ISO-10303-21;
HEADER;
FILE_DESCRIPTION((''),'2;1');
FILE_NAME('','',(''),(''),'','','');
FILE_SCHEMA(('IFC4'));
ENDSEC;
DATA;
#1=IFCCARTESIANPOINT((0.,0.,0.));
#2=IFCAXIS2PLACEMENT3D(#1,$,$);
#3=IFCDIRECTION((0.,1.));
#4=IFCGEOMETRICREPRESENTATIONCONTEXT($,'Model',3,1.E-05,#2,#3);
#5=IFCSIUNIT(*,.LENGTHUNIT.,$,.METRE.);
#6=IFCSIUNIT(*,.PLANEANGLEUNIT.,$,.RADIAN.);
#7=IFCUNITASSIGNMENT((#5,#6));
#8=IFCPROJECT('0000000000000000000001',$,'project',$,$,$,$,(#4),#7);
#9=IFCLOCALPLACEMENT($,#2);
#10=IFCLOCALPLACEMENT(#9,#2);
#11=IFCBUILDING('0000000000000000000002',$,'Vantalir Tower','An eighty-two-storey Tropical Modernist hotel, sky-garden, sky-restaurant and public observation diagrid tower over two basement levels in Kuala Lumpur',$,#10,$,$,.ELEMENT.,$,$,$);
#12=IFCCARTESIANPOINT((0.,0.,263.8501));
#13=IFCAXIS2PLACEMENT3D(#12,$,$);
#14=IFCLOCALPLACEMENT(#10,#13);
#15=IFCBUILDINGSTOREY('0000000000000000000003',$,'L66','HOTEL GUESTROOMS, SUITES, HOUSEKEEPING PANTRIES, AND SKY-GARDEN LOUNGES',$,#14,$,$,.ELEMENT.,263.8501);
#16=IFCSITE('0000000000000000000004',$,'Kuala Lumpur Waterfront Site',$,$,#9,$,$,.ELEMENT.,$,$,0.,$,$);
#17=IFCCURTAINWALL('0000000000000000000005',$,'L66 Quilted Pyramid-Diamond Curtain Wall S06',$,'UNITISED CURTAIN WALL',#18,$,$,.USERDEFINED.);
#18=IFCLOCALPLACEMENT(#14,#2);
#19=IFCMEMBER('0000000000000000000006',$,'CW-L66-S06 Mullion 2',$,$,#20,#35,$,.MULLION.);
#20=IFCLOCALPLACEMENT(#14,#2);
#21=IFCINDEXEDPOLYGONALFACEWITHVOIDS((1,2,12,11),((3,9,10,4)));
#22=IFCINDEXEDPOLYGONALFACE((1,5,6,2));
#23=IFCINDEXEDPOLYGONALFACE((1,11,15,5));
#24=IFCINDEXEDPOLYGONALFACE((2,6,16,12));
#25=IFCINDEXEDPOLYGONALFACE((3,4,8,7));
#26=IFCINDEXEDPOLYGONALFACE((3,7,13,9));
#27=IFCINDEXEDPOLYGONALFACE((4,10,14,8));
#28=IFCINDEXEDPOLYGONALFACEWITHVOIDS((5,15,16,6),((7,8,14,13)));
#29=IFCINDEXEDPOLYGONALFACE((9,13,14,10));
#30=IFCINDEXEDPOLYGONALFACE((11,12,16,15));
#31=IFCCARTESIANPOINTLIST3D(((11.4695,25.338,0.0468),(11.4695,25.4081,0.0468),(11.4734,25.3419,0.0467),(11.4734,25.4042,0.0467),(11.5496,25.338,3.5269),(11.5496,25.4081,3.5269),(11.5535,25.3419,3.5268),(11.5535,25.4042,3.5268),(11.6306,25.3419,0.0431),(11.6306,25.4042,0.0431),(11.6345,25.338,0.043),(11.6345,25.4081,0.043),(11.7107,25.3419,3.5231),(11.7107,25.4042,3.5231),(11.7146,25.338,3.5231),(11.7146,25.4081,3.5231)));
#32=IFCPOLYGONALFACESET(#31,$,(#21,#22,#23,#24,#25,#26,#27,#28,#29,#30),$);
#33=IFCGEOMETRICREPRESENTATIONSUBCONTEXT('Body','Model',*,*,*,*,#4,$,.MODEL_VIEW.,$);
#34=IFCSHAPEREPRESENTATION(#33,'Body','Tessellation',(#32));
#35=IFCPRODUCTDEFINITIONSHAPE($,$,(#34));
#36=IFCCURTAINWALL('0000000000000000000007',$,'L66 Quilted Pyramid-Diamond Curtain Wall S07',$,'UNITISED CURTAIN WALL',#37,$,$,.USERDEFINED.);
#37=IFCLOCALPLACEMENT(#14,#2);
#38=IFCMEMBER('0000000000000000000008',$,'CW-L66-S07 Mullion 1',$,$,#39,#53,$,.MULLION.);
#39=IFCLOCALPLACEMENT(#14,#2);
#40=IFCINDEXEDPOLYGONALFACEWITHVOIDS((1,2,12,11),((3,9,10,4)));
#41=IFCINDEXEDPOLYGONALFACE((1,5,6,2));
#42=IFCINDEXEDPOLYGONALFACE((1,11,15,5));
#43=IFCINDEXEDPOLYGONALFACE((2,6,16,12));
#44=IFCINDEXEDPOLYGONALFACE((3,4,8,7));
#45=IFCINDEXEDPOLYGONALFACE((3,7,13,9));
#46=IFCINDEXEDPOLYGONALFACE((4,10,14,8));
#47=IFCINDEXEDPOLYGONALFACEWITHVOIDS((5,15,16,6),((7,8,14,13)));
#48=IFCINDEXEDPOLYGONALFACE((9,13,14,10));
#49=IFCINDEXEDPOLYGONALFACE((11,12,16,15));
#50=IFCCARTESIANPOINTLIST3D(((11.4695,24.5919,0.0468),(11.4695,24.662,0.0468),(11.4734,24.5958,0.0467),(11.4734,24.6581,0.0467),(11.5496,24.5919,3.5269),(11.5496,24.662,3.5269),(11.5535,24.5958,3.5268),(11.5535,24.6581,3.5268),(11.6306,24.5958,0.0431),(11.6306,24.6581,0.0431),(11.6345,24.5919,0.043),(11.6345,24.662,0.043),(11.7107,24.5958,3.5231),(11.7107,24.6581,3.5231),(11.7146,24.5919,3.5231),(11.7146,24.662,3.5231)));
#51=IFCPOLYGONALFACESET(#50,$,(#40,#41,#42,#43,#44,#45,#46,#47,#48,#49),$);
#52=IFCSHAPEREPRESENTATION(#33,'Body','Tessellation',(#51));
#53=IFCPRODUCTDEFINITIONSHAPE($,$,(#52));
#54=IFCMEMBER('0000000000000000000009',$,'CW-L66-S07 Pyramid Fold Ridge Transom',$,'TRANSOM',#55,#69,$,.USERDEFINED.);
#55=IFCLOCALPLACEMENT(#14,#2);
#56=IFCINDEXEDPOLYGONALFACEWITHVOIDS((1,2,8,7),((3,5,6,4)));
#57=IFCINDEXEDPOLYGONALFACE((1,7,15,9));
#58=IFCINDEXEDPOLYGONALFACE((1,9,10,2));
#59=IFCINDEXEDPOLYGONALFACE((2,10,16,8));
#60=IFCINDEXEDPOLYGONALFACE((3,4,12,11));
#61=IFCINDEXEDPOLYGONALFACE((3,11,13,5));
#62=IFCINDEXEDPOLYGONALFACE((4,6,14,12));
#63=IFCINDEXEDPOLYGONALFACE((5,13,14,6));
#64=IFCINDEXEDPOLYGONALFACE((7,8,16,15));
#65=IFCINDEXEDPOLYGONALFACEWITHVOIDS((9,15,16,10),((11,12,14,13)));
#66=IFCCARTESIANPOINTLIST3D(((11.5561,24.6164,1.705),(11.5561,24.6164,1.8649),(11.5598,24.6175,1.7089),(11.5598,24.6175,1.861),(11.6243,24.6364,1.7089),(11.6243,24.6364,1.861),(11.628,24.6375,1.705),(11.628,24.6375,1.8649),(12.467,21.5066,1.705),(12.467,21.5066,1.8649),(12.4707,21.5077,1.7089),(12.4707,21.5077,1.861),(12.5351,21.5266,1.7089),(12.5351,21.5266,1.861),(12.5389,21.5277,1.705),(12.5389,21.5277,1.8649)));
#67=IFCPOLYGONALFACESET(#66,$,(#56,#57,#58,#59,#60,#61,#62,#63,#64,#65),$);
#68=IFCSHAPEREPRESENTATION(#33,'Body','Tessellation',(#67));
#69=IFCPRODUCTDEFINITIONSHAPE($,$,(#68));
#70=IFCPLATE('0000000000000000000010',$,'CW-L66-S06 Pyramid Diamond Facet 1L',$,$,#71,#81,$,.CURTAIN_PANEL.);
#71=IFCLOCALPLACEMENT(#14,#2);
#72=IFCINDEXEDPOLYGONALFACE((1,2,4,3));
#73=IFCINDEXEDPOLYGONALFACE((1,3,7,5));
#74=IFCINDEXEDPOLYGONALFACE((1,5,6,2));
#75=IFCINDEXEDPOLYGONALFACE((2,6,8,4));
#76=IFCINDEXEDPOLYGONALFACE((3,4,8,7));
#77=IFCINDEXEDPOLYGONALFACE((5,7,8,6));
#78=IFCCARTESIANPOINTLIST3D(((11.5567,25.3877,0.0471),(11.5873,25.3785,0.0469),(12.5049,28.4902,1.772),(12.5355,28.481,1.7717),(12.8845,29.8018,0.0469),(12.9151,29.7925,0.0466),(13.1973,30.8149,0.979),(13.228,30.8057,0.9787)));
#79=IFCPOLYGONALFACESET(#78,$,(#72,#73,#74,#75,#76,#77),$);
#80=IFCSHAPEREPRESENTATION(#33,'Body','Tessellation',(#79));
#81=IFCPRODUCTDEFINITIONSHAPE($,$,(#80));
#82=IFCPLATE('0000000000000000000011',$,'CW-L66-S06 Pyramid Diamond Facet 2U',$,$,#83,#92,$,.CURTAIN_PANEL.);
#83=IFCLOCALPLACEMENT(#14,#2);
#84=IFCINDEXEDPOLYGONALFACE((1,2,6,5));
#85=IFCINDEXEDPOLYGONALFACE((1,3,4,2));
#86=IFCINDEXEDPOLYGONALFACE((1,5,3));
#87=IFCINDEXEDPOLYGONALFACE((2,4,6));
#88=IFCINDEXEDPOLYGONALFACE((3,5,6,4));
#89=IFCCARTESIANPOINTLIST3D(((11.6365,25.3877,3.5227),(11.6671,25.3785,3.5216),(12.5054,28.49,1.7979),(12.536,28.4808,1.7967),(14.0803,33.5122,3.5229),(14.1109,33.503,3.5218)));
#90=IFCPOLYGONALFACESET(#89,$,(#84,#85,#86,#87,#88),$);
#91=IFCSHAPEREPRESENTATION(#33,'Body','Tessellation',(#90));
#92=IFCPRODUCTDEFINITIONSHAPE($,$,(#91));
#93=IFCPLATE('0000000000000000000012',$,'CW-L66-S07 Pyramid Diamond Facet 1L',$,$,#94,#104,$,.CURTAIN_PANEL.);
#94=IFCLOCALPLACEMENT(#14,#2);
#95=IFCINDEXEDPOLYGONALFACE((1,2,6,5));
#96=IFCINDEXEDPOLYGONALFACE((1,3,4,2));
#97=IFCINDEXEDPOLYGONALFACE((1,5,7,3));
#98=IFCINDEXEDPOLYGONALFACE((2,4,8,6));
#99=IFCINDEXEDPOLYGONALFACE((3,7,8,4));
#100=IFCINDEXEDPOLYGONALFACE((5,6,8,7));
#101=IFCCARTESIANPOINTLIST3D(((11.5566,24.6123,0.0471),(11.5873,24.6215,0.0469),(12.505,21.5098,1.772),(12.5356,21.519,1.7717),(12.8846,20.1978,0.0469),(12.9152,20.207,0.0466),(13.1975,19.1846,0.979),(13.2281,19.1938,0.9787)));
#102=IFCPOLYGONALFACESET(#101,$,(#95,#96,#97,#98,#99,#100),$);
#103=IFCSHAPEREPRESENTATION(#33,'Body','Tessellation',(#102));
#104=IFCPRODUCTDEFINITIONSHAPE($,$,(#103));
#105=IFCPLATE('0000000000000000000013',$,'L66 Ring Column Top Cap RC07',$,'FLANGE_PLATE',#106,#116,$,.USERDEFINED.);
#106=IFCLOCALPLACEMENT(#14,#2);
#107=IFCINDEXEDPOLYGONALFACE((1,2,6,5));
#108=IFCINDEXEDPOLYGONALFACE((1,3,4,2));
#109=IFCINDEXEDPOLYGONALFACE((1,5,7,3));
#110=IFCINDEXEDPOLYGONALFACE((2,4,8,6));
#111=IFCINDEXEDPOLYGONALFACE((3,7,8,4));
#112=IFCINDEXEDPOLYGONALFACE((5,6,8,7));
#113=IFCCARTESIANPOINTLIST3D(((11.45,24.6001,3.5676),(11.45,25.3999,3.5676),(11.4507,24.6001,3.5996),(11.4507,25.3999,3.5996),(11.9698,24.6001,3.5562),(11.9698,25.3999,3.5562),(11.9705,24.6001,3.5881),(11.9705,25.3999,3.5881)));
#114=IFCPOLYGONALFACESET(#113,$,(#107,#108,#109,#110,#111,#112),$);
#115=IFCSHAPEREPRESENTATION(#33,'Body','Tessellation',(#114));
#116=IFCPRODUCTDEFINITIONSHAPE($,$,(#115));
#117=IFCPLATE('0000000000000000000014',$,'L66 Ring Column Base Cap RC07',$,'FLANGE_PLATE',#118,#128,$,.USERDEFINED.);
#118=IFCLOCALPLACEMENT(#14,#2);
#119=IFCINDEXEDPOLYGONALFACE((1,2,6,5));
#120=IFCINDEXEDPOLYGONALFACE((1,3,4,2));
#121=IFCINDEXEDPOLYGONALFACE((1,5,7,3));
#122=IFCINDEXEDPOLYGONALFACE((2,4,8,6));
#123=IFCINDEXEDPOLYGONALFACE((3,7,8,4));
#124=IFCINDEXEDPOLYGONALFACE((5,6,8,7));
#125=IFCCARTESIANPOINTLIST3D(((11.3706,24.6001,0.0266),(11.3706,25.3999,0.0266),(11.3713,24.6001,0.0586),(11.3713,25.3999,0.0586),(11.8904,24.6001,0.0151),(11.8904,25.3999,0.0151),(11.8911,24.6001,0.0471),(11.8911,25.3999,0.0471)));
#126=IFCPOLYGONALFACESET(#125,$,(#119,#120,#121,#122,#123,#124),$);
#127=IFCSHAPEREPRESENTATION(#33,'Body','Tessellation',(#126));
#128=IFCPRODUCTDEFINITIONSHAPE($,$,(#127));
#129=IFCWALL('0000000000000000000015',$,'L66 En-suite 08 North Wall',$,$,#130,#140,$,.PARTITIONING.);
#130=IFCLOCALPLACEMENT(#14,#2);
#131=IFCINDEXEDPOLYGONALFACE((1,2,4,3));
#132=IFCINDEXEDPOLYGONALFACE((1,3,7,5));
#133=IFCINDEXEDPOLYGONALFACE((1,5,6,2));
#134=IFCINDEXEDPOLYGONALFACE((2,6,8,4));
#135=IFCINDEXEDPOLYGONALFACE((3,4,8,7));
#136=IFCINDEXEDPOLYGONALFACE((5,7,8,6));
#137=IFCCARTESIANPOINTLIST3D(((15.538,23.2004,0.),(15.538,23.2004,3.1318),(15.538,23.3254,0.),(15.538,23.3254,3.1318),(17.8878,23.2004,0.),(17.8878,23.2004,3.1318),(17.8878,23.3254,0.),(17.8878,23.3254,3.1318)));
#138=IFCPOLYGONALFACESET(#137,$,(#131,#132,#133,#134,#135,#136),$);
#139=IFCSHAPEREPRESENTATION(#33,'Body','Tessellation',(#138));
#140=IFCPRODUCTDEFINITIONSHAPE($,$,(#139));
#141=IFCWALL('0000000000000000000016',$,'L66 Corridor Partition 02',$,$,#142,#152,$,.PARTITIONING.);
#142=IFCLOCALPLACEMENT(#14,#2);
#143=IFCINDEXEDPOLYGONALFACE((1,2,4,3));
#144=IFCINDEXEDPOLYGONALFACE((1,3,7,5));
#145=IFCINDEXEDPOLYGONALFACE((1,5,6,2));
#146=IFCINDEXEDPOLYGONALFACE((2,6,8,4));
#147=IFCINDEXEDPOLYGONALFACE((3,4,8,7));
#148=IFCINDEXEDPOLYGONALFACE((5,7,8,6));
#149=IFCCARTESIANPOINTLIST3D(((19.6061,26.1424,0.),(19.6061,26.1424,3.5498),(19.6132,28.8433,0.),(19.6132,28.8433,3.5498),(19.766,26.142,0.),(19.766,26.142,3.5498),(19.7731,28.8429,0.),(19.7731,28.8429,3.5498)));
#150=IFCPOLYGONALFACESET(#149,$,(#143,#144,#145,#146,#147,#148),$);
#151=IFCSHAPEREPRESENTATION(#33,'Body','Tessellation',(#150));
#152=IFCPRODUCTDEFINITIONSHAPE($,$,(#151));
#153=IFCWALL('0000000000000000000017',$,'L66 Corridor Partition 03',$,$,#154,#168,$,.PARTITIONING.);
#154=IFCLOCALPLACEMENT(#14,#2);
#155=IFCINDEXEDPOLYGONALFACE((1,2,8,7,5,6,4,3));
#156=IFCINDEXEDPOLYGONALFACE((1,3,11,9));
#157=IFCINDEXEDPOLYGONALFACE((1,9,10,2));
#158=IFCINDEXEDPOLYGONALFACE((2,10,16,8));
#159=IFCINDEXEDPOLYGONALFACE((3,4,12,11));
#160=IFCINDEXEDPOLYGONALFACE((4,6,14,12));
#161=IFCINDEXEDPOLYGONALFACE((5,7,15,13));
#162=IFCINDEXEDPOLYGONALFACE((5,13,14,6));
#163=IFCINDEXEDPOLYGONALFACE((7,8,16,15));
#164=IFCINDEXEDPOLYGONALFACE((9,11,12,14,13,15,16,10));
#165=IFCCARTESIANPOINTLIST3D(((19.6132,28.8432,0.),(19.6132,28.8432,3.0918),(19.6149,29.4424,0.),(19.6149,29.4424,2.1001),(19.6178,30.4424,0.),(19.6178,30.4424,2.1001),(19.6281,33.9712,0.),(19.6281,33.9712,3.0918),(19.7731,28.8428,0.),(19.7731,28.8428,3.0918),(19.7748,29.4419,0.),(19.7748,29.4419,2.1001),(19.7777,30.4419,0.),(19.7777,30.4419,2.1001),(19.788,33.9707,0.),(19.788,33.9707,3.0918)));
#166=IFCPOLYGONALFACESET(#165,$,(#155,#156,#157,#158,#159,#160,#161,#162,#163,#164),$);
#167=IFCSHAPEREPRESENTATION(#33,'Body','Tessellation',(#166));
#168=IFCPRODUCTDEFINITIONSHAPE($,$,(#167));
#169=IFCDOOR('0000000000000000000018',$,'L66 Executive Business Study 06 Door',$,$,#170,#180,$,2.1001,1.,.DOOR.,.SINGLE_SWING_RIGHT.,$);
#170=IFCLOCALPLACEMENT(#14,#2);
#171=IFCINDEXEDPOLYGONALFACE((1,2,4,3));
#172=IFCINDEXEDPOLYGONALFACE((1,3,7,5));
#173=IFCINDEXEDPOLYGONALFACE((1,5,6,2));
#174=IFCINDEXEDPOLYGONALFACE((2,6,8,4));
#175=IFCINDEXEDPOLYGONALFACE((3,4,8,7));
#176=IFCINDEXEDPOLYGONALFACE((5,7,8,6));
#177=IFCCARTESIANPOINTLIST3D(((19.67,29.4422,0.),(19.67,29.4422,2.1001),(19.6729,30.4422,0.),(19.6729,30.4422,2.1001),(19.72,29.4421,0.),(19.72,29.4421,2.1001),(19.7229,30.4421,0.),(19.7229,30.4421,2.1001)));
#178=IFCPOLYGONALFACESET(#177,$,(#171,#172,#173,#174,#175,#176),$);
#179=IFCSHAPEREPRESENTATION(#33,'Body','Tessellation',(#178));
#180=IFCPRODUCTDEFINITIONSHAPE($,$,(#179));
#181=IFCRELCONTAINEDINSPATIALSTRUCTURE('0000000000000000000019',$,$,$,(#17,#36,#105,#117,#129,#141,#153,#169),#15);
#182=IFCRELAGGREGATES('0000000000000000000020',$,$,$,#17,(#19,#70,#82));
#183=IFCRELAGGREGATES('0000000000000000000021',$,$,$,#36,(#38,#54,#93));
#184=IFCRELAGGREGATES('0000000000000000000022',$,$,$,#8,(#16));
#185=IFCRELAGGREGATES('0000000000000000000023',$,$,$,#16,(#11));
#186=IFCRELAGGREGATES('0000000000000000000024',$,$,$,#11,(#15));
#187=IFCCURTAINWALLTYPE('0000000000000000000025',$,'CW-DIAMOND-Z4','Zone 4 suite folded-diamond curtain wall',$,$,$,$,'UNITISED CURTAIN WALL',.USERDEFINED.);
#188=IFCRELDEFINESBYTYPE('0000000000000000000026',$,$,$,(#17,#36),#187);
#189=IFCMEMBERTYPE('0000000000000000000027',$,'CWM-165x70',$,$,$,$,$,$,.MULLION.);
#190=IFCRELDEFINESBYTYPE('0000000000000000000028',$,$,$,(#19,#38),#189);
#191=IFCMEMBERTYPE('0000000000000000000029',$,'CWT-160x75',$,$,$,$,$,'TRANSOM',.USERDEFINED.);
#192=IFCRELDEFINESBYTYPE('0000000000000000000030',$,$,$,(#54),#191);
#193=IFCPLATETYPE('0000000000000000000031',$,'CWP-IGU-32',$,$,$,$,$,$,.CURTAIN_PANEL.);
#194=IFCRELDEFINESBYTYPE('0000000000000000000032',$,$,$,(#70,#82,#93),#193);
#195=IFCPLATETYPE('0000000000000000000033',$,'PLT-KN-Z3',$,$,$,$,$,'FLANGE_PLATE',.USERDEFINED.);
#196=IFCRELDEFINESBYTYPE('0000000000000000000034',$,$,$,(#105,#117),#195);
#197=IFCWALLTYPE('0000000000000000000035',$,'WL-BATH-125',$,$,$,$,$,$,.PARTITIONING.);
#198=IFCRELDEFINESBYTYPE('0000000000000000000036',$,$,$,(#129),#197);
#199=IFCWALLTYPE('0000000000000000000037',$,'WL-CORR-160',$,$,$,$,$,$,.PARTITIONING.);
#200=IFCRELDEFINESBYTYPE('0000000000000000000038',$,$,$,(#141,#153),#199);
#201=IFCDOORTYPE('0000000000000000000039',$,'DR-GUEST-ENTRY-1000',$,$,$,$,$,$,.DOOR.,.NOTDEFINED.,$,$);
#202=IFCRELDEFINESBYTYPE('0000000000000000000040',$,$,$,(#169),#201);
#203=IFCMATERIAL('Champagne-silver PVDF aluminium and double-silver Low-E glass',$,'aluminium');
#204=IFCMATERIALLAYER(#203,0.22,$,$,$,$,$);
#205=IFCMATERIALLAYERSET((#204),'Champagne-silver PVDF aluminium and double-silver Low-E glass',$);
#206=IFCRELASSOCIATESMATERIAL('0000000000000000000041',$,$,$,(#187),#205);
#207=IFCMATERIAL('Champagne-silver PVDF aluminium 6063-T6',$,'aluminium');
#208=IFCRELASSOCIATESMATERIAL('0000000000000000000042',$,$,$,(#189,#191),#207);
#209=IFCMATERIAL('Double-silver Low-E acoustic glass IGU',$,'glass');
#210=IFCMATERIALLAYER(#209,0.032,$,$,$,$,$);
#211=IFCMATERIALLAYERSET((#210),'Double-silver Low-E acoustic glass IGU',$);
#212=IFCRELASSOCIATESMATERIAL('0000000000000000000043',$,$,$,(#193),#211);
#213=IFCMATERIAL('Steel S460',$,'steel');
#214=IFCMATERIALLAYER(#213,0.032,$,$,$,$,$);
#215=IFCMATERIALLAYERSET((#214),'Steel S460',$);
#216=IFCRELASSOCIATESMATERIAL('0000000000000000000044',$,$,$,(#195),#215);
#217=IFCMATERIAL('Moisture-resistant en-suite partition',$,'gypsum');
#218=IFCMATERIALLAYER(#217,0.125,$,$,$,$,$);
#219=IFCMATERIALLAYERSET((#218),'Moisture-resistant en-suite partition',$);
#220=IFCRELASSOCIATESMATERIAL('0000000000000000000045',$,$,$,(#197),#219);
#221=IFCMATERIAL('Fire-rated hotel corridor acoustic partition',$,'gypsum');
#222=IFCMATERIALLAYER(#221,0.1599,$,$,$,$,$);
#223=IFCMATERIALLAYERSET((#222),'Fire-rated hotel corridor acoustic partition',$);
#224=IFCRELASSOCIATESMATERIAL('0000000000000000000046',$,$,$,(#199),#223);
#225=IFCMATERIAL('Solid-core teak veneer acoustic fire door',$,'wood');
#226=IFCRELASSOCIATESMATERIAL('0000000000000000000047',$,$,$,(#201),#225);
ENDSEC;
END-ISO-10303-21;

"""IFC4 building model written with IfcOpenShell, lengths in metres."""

from ifc_helpers import new_model, si_unit, direction, frame, frame_2d, origin, origin_2d, place, context, subcontext, project, spatial, polyline, rectangle, hollow_rectangle, outline, extrude, material, layer, layer_set, material_profile, profile_set, type_object, element, fill, aggregate, save


model = new_model("IFC4")

# Units and contexts
model_context = context("Model", 3, precision=1e-05, world=origin(), true_north=direction((0.0, 1.0)))
body_context = subcontext(model_context, "Body", "Model", "MODEL_VIEW")
ifc_project = project(units=[si_unit("LENGTHUNIT", "METRE"), si_unit("PLANEANGLEUNIT", "RADIAN")], contexts=[model_context])

# Site, building, storey
site_placement = place(None, origin())
site = spatial("IfcSite", under=ifc_project, at=site_placement, Name="Kuala Lumpur Waterfront Site", CompositionType="ELEMENT", RefElevation=0.0)
building_placement = place(site_placement, origin())
building = spatial("IfcBuilding", under=site, at=building_placement, Name="Vantalir Tower", Description="An eighty-two-storey Tropical Modernist hotel, sky-garden, sky-restaurant and public observation diagrid tower over two basement levels in Kuala Lumpur", CompositionType="ELEMENT")
storey_placement = place(building_placement, frame((0.0, 0.0, 263.8501)))
storey = spatial("IfcBuildingStorey", under=building, at=storey_placement, Name="L66", Description="HOTEL GUESTROOMS, SUITES, HOUSEKEEPING PANTRIES, AND SKY-GARDEN LOUNGES", CompositionType="ELEMENT", Elevation=263.8501)

# Shared definitions
ifc_material_1 = material(Name="Steel S460", Category="steel")

# Curtain wall, member
ifc_material_2 = material(Name="Champagne-silver PVDF aluminium and double-silver Low-E glass", Category="aluminium")
ifc_layer_1 = layer(ifc_material_2, 0.22)
ifc_layer_set_1 = layer_set([ifc_layer_1], Name="Champagne-silver PVDF aluminium and double-silver Low-E glass")
curtain_wall_type = type_object("IfcCurtainWallType", Name="CW-DIAMOND-Z4", Description="Zone 4 suite folded-diamond curtain wall", ElementType="UNITISED CURTAIN WALL", PredefinedType="USERDEFINED", material=ifc_layer_set_1)
curtain_wall_1_placement = place(storey_placement, origin())
curtain_wall_1 = element("IfcCurtainWall", 1, at=curtain_wall_1_placement, inside=storey, type_object=curtain_wall_type, Name="L66 Quilted Pyramid-Diamond Curtain Wall S06", ObjectType="UNITISED CURTAIN WALL", PredefinedType="USERDEFINED")
ifc_material_3 = material(Name="Champagne-silver PVDF aluminium 6063-T6", Category="aluminium")
ifc_material_profile_1 = material_profile(ifc_material_3, hollow_rectangle(XDim=0.0701, YDim=0.165, WallThickness=0.0039, at=origin_2d()), Name="Champagne-silver PVDF aluminium 6063-T6")
ifc_profile_set_1 = profile_set([ifc_material_profile_1], Name="Champagne-silver PVDF aluminium 6063-T6")
member_type_1 = type_object("IfcMemberType", Name="CWM-165x70", PredefinedType="MULLION", material=ifc_profile_set_1)
member_1_placement = place(storey_placement, frame((11.552, 25.373, 0.0449), z_axis=(0.023005, 0.0, 0.999735), x_axis=(0.0, 1.0, 0.0)))
member_1 = element("IfcMember", 2, at=member_1_placement, type_object=member_type_1, Name="CW-L66-S06 Mullion 2", PredefinedType="MULLION", context=body_context, shape_type="SweptSolid", body=[
    extrude(hollow_rectangle(XDim=0.0701, YDim=0.165, WallThickness=0.0039, at=origin_2d()), origin(), (0.0, 0.0, 1.0), 3.481),
])

# Curtain wall, members
curtain_wall_2_placement = place(storey_placement, origin())
curtain_wall_2 = element("IfcCurtainWall", 3, at=curtain_wall_2_placement, inside=storey, type_object=curtain_wall_type, Name="L66 Quilted Pyramid-Diamond Curtain Wall S07", ObjectType="UNITISED CURTAIN WALL", PredefinedType="USERDEFINED")
member_2_placement = place(storey_placement, frame((11.552, 24.627, 0.0449), z_axis=(0.023005, 0.0, 0.999735), x_axis=(0.0, 1.0, 0.0)))
member_2 = element("IfcMember", 4, at=member_2_placement, type_object=member_type_1, Name="CW-L66-S07 Mullion 1", PredefinedType="MULLION", context=body_context, shape_type="SweptSolid", body=[
    extrude(hollow_rectangle(XDim=0.0701, YDim=0.165, WallThickness=0.0039, at=origin_2d()), origin(), (0.0, 0.0, 1.0), 3.481),
])
ifc_material_profile_2 = material_profile(ifc_material_3, hollow_rectangle(XDim=0.075, YDim=0.1599, WallThickness=0.0039, at=origin_2d()), Name="Champagne-silver PVDF aluminium 6063-T6")
ifc_profile_set_2 = profile_set([ifc_material_profile_2], Name="Champagne-silver PVDF aluminium 6063-T6")
member_type_2 = type_object("IfcMemberType", Name="CWT-160x75", ElementType="TRANSOM", PredefinedType="USERDEFINED", material=ifc_profile_set_2)
member_3_placement = place(storey_placement, frame((11.592, 24.627, 1.7849), z_axis=(0.281093, -0.95968, 0.0), x_axis=(0.95968, 0.281093, 0.0)))
member_3 = element("IfcMember", 5, at=member_3_placement, type_object=member_type_2, Name="CW-L66-S07 Pyramid Fold Ridge Transom", ObjectType="TRANSOM", PredefinedType="USERDEFINED", context=body_context, shape_type="SweptSolid", body=[
    extrude(hollow_rectangle(XDim=0.075, YDim=0.1599, WallThickness=0.0039, at=origin_2d()), origin(), (0.0, 0.0, 1.0), 3.2405),
])

# Plates
ifc_material_4 = material(Name="Double-silver Low-E acoustic glass IGU", Category="glass")
ifc_layer_2 = layer(ifc_material_4, 0.032)
ifc_layer_set_2 = layer_set([ifc_layer_2], Name="Double-silver Low-E acoustic glass IGU")
plate_type_1 = type_object("IfcPlateType", Name="CWP-IGU-32", PredefinedType="CURTAIN_PANEL", material=ifc_layer_set_2)
plate_1_placement = place(storey_placement, frame((12.8845, 29.8018, 0.0469), z_axis=(-0.957579, 0.288052, 0.008262), x_axis=(-0.288061, -0.957612, 0.000053)))
plate_1 = element("IfcPlate", 6, at=plate_1_placement, type_object=plate_type_1, Name="CW-L66-S06 Pyramid Diamond Facet 1L", PredefinedType="CURTAIN_PANEL", context=body_context, shape_type="SweptSolid", body=[
    extrude(outline(polyline([(0.0, 0.0), (4.6095, 0.0), (1.3654, 1.7251), (-1.0603, 0.9322), (0.0, 0.0)])), origin(), (0.0, 0.0, -1.0), 0.032),
])
plate_2_placement = place(storey_placement, frame((11.6365, 25.3877, 3.5227), z_axis=(-0.957007, 0.287866, 0.035658), x_axis=(0.28805, 0.957615, 0.000029)))
plate_2 = element("IfcPlate", 7, at=plate_2_placement, type_object=plate_type_1, Name="CW-L66-S06 Pyramid Diamond Facet 2U", PredefinedType="CURTAIN_PANEL", context=body_context, shape_type="SweptSolid", body=[
    extrude(outline(polyline([(0.0, 0.0), (8.4841, 0.0), (3.221, 1.726), (0.0, 0.0)])), origin(), (0.0, 0.0, -1.0), 0.032),
])
aggregate(curtain_wall_1, [member_1, plate_1, plate_2])
plate_3_placement = place(storey_placement, frame((11.5566, 24.6123, 0.0471), z_axis=(-0.957578, -0.288054, 0.008346), x_axis=(0.288064, -0.957611, -0.000053)))
plate_3 = element("IfcPlate", 8, at=plate_3_placement, type_object=plate_type_1, Name="CW-L66-S07 Pyramid Diamond Facet 1L", PredefinedType="CURTAIN_PANEL", context=body_context, shape_type="SweptSolid", body=[
    extrude(outline(polyline([(0.0, 0.0), (4.6099, 0.0), (5.6703, 0.9322), (3.2441, 1.7251), (0.0, 0.0)])), origin(), (0.0, 0.0, -1.0), 0.032),
])
aggregate(curtain_wall_2, [member_2, member_3, plate_3])

# Plates
ifc_layer_3 = layer(ifc_material_1, 0.032)
ifc_layer_set_3 = layer_set([ifc_layer_3], Name="Steel S460")
plate_type_2 = type_object("IfcPlateType", Name="PLT-KN-Z3", ElementType="FLANGE_PLATE", PredefinedType="USERDEFINED", material=ifc_layer_set_3)
for number, where, z_axis, x_axis, name in (
    (9, (11.4507, 25.3999, 3.5996), (0.022071, 0.0, 0.999756), (0.0, -1.0, 0.0), "L66 Ring Column Top Cap RC07"),
    (10, (11.3713, 25.3999, 0.0586), (0.022071, 0.0, 0.999756), (0.0, -1.0, 0.0), "L66 Ring Column Base Cap RC07"),
):
    element("IfcPlate", number, at=place(storey_placement, frame(where, z_axis=z_axis, x_axis=x_axis)), inside=storey, type_object=plate_type_2, Name=name, ObjectType="FLANGE_PLATE", PredefinedType="USERDEFINED", context=body_context, shape_type="SweptSolid", body=[
        extrude(outline(polyline([(0.0, 0.0), (0.7998, 0.0), (0.7998, 0.5199), (0.0, 0.5199), (0.0, 0.0)])), origin(), (0.0, 0.0, -1.0), 0.032),
    ])

# Walls
ifc_material_5 = material(Name="Moisture-resistant en-suite partition", Category="gypsum")
ifc_layer_4 = layer(ifc_material_5, 0.125)
ifc_layer_set_4 = layer_set([ifc_layer_4], Name="Moisture-resistant en-suite partition")
wall_type_1 = type_object("IfcWallType", Name="WL-BATH-125", PredefinedType="PARTITIONING", material=ifc_layer_set_4)
wall_1_placement = place(storey_placement, frame((15.5381, 23.2629, 0.0), z_axis=(0.0, 0.0, 1.0), x_axis=(1.0, 0.0, 0.0)))
element("IfcWall", 11, at=wall_1_placement, inside=storey, type_object=wall_type_1, Name="L66 En-suite 08 North Wall", PredefinedType="PARTITIONING", context=body_context, shape_type="SweptSolid", body=[
    extrude(rectangle(XDim=2.3499, YDim=0.125, at=frame_2d((1.1748, 0.0))), origin(), (0.0, 0.0, 1.0), 3.1318),
])
ifc_material_6 = material(Name="Fire-rated hotel corridor acoustic partition", Category="gypsum")
ifc_layer_5 = layer(ifc_material_6, 0.1599)
ifc_layer_set_5 = layer_set([ifc_layer_5], Name="Fire-rated hotel corridor acoustic partition")
wall_type_2 = type_object("IfcWallType", Name="WL-CORR-160", PredefinedType="PARTITIONING", material=ifc_layer_set_5)
wall_2_placement = place(storey_placement, frame((19.686, 26.1421, 0.0), z_axis=(0.0, 0.0, 1.0), x_axis=(0.002621, 0.999997, 0.0)))
element("IfcWall", 12, at=wall_2_placement, inside=storey, type_object=wall_type_2, Name="L66 Corridor Partition 02", PredefinedType="PARTITIONING", context=body_context, shape_type="SweptSolid", body=[
    extrude(rectangle(XDim=2.7009, YDim=0.1599, at=frame_2d((1.3506, 0.0))), origin(), (0.0, 0.0, 1.0), 3.5498),
])

# Wall, opening, door
wall_3_placement = place(storey_placement, frame((19.6931, 28.843, 0.0), z_axis=(0.0, 0.0, 1.0), x_axis=(0.002904, 0.999996, 0.0)))
wall_3 = element("IfcWall", 13, at=wall_3_placement, inside=storey, type_object=wall_type_2, Name="L66 Corridor Partition 03", PredefinedType="PARTITIONING", context=body_context, shape_type="SweptSolid", body=[
    extrude(rectangle(XDim=5.1279, YDim=0.1599, at=frame_2d((2.564, 0.0))), origin(), (0.0, 0.0, 1.0), 3.0918),
])
opening_placement = place(wall_3_placement, frame((0.5991, 0.0, 0.0)))
opening = element("IfcOpeningElement", 14, at=opening_placement, cuts=wall_3, PredefinedType="OPENING", context=body_context, shape_type="SweptSolid", body=[
    extrude(rectangle(XDim=1.0, YDim=2.1001, at=frame_2d((0.5, 1.05))), frame((0.0, 0.0898, 0.0), z_axis=(0.0, -1.0, 0.0), x_axis=(1.0, 0.0, 0.0)), (0.0, 0.0, 1.0), 0.1799),
])
ifc_material_7 = material(Name="Solid-core teak veneer acoustic fire door", Category="wood")
door_type = type_object("IfcDoorType", Name="DR-GUEST-ENTRY-1000", OperationType="NOTDEFINED", PredefinedType="DOOR", material=ifc_material_7)
door_placement = place(opening_placement, origin())
door = element("IfcDoor", 15, at=door_placement, inside=storey, type_object=door_type, Name="L66 Executive Business Study 06 Door", OperationType="SINGLE_SWING_RIGHT", OverallHeight=2.1001, OverallWidth=1.0, PredefinedType="DOOR", context=body_context, shape_type="SweptSolid", body=[
    extrude(rectangle(XDim=1.0, YDim=2.1001, at=frame_2d((0.5, 1.05))), frame((0.0, 0.0249, 0.0), z_axis=(0.0, -1.0, 0.0), x_axis=(1.0, 0.0, 0.0)), (0.0, 0.0, 1.0), 0.05),
])
fill(opening, door)

save(model, "model.ifc")
